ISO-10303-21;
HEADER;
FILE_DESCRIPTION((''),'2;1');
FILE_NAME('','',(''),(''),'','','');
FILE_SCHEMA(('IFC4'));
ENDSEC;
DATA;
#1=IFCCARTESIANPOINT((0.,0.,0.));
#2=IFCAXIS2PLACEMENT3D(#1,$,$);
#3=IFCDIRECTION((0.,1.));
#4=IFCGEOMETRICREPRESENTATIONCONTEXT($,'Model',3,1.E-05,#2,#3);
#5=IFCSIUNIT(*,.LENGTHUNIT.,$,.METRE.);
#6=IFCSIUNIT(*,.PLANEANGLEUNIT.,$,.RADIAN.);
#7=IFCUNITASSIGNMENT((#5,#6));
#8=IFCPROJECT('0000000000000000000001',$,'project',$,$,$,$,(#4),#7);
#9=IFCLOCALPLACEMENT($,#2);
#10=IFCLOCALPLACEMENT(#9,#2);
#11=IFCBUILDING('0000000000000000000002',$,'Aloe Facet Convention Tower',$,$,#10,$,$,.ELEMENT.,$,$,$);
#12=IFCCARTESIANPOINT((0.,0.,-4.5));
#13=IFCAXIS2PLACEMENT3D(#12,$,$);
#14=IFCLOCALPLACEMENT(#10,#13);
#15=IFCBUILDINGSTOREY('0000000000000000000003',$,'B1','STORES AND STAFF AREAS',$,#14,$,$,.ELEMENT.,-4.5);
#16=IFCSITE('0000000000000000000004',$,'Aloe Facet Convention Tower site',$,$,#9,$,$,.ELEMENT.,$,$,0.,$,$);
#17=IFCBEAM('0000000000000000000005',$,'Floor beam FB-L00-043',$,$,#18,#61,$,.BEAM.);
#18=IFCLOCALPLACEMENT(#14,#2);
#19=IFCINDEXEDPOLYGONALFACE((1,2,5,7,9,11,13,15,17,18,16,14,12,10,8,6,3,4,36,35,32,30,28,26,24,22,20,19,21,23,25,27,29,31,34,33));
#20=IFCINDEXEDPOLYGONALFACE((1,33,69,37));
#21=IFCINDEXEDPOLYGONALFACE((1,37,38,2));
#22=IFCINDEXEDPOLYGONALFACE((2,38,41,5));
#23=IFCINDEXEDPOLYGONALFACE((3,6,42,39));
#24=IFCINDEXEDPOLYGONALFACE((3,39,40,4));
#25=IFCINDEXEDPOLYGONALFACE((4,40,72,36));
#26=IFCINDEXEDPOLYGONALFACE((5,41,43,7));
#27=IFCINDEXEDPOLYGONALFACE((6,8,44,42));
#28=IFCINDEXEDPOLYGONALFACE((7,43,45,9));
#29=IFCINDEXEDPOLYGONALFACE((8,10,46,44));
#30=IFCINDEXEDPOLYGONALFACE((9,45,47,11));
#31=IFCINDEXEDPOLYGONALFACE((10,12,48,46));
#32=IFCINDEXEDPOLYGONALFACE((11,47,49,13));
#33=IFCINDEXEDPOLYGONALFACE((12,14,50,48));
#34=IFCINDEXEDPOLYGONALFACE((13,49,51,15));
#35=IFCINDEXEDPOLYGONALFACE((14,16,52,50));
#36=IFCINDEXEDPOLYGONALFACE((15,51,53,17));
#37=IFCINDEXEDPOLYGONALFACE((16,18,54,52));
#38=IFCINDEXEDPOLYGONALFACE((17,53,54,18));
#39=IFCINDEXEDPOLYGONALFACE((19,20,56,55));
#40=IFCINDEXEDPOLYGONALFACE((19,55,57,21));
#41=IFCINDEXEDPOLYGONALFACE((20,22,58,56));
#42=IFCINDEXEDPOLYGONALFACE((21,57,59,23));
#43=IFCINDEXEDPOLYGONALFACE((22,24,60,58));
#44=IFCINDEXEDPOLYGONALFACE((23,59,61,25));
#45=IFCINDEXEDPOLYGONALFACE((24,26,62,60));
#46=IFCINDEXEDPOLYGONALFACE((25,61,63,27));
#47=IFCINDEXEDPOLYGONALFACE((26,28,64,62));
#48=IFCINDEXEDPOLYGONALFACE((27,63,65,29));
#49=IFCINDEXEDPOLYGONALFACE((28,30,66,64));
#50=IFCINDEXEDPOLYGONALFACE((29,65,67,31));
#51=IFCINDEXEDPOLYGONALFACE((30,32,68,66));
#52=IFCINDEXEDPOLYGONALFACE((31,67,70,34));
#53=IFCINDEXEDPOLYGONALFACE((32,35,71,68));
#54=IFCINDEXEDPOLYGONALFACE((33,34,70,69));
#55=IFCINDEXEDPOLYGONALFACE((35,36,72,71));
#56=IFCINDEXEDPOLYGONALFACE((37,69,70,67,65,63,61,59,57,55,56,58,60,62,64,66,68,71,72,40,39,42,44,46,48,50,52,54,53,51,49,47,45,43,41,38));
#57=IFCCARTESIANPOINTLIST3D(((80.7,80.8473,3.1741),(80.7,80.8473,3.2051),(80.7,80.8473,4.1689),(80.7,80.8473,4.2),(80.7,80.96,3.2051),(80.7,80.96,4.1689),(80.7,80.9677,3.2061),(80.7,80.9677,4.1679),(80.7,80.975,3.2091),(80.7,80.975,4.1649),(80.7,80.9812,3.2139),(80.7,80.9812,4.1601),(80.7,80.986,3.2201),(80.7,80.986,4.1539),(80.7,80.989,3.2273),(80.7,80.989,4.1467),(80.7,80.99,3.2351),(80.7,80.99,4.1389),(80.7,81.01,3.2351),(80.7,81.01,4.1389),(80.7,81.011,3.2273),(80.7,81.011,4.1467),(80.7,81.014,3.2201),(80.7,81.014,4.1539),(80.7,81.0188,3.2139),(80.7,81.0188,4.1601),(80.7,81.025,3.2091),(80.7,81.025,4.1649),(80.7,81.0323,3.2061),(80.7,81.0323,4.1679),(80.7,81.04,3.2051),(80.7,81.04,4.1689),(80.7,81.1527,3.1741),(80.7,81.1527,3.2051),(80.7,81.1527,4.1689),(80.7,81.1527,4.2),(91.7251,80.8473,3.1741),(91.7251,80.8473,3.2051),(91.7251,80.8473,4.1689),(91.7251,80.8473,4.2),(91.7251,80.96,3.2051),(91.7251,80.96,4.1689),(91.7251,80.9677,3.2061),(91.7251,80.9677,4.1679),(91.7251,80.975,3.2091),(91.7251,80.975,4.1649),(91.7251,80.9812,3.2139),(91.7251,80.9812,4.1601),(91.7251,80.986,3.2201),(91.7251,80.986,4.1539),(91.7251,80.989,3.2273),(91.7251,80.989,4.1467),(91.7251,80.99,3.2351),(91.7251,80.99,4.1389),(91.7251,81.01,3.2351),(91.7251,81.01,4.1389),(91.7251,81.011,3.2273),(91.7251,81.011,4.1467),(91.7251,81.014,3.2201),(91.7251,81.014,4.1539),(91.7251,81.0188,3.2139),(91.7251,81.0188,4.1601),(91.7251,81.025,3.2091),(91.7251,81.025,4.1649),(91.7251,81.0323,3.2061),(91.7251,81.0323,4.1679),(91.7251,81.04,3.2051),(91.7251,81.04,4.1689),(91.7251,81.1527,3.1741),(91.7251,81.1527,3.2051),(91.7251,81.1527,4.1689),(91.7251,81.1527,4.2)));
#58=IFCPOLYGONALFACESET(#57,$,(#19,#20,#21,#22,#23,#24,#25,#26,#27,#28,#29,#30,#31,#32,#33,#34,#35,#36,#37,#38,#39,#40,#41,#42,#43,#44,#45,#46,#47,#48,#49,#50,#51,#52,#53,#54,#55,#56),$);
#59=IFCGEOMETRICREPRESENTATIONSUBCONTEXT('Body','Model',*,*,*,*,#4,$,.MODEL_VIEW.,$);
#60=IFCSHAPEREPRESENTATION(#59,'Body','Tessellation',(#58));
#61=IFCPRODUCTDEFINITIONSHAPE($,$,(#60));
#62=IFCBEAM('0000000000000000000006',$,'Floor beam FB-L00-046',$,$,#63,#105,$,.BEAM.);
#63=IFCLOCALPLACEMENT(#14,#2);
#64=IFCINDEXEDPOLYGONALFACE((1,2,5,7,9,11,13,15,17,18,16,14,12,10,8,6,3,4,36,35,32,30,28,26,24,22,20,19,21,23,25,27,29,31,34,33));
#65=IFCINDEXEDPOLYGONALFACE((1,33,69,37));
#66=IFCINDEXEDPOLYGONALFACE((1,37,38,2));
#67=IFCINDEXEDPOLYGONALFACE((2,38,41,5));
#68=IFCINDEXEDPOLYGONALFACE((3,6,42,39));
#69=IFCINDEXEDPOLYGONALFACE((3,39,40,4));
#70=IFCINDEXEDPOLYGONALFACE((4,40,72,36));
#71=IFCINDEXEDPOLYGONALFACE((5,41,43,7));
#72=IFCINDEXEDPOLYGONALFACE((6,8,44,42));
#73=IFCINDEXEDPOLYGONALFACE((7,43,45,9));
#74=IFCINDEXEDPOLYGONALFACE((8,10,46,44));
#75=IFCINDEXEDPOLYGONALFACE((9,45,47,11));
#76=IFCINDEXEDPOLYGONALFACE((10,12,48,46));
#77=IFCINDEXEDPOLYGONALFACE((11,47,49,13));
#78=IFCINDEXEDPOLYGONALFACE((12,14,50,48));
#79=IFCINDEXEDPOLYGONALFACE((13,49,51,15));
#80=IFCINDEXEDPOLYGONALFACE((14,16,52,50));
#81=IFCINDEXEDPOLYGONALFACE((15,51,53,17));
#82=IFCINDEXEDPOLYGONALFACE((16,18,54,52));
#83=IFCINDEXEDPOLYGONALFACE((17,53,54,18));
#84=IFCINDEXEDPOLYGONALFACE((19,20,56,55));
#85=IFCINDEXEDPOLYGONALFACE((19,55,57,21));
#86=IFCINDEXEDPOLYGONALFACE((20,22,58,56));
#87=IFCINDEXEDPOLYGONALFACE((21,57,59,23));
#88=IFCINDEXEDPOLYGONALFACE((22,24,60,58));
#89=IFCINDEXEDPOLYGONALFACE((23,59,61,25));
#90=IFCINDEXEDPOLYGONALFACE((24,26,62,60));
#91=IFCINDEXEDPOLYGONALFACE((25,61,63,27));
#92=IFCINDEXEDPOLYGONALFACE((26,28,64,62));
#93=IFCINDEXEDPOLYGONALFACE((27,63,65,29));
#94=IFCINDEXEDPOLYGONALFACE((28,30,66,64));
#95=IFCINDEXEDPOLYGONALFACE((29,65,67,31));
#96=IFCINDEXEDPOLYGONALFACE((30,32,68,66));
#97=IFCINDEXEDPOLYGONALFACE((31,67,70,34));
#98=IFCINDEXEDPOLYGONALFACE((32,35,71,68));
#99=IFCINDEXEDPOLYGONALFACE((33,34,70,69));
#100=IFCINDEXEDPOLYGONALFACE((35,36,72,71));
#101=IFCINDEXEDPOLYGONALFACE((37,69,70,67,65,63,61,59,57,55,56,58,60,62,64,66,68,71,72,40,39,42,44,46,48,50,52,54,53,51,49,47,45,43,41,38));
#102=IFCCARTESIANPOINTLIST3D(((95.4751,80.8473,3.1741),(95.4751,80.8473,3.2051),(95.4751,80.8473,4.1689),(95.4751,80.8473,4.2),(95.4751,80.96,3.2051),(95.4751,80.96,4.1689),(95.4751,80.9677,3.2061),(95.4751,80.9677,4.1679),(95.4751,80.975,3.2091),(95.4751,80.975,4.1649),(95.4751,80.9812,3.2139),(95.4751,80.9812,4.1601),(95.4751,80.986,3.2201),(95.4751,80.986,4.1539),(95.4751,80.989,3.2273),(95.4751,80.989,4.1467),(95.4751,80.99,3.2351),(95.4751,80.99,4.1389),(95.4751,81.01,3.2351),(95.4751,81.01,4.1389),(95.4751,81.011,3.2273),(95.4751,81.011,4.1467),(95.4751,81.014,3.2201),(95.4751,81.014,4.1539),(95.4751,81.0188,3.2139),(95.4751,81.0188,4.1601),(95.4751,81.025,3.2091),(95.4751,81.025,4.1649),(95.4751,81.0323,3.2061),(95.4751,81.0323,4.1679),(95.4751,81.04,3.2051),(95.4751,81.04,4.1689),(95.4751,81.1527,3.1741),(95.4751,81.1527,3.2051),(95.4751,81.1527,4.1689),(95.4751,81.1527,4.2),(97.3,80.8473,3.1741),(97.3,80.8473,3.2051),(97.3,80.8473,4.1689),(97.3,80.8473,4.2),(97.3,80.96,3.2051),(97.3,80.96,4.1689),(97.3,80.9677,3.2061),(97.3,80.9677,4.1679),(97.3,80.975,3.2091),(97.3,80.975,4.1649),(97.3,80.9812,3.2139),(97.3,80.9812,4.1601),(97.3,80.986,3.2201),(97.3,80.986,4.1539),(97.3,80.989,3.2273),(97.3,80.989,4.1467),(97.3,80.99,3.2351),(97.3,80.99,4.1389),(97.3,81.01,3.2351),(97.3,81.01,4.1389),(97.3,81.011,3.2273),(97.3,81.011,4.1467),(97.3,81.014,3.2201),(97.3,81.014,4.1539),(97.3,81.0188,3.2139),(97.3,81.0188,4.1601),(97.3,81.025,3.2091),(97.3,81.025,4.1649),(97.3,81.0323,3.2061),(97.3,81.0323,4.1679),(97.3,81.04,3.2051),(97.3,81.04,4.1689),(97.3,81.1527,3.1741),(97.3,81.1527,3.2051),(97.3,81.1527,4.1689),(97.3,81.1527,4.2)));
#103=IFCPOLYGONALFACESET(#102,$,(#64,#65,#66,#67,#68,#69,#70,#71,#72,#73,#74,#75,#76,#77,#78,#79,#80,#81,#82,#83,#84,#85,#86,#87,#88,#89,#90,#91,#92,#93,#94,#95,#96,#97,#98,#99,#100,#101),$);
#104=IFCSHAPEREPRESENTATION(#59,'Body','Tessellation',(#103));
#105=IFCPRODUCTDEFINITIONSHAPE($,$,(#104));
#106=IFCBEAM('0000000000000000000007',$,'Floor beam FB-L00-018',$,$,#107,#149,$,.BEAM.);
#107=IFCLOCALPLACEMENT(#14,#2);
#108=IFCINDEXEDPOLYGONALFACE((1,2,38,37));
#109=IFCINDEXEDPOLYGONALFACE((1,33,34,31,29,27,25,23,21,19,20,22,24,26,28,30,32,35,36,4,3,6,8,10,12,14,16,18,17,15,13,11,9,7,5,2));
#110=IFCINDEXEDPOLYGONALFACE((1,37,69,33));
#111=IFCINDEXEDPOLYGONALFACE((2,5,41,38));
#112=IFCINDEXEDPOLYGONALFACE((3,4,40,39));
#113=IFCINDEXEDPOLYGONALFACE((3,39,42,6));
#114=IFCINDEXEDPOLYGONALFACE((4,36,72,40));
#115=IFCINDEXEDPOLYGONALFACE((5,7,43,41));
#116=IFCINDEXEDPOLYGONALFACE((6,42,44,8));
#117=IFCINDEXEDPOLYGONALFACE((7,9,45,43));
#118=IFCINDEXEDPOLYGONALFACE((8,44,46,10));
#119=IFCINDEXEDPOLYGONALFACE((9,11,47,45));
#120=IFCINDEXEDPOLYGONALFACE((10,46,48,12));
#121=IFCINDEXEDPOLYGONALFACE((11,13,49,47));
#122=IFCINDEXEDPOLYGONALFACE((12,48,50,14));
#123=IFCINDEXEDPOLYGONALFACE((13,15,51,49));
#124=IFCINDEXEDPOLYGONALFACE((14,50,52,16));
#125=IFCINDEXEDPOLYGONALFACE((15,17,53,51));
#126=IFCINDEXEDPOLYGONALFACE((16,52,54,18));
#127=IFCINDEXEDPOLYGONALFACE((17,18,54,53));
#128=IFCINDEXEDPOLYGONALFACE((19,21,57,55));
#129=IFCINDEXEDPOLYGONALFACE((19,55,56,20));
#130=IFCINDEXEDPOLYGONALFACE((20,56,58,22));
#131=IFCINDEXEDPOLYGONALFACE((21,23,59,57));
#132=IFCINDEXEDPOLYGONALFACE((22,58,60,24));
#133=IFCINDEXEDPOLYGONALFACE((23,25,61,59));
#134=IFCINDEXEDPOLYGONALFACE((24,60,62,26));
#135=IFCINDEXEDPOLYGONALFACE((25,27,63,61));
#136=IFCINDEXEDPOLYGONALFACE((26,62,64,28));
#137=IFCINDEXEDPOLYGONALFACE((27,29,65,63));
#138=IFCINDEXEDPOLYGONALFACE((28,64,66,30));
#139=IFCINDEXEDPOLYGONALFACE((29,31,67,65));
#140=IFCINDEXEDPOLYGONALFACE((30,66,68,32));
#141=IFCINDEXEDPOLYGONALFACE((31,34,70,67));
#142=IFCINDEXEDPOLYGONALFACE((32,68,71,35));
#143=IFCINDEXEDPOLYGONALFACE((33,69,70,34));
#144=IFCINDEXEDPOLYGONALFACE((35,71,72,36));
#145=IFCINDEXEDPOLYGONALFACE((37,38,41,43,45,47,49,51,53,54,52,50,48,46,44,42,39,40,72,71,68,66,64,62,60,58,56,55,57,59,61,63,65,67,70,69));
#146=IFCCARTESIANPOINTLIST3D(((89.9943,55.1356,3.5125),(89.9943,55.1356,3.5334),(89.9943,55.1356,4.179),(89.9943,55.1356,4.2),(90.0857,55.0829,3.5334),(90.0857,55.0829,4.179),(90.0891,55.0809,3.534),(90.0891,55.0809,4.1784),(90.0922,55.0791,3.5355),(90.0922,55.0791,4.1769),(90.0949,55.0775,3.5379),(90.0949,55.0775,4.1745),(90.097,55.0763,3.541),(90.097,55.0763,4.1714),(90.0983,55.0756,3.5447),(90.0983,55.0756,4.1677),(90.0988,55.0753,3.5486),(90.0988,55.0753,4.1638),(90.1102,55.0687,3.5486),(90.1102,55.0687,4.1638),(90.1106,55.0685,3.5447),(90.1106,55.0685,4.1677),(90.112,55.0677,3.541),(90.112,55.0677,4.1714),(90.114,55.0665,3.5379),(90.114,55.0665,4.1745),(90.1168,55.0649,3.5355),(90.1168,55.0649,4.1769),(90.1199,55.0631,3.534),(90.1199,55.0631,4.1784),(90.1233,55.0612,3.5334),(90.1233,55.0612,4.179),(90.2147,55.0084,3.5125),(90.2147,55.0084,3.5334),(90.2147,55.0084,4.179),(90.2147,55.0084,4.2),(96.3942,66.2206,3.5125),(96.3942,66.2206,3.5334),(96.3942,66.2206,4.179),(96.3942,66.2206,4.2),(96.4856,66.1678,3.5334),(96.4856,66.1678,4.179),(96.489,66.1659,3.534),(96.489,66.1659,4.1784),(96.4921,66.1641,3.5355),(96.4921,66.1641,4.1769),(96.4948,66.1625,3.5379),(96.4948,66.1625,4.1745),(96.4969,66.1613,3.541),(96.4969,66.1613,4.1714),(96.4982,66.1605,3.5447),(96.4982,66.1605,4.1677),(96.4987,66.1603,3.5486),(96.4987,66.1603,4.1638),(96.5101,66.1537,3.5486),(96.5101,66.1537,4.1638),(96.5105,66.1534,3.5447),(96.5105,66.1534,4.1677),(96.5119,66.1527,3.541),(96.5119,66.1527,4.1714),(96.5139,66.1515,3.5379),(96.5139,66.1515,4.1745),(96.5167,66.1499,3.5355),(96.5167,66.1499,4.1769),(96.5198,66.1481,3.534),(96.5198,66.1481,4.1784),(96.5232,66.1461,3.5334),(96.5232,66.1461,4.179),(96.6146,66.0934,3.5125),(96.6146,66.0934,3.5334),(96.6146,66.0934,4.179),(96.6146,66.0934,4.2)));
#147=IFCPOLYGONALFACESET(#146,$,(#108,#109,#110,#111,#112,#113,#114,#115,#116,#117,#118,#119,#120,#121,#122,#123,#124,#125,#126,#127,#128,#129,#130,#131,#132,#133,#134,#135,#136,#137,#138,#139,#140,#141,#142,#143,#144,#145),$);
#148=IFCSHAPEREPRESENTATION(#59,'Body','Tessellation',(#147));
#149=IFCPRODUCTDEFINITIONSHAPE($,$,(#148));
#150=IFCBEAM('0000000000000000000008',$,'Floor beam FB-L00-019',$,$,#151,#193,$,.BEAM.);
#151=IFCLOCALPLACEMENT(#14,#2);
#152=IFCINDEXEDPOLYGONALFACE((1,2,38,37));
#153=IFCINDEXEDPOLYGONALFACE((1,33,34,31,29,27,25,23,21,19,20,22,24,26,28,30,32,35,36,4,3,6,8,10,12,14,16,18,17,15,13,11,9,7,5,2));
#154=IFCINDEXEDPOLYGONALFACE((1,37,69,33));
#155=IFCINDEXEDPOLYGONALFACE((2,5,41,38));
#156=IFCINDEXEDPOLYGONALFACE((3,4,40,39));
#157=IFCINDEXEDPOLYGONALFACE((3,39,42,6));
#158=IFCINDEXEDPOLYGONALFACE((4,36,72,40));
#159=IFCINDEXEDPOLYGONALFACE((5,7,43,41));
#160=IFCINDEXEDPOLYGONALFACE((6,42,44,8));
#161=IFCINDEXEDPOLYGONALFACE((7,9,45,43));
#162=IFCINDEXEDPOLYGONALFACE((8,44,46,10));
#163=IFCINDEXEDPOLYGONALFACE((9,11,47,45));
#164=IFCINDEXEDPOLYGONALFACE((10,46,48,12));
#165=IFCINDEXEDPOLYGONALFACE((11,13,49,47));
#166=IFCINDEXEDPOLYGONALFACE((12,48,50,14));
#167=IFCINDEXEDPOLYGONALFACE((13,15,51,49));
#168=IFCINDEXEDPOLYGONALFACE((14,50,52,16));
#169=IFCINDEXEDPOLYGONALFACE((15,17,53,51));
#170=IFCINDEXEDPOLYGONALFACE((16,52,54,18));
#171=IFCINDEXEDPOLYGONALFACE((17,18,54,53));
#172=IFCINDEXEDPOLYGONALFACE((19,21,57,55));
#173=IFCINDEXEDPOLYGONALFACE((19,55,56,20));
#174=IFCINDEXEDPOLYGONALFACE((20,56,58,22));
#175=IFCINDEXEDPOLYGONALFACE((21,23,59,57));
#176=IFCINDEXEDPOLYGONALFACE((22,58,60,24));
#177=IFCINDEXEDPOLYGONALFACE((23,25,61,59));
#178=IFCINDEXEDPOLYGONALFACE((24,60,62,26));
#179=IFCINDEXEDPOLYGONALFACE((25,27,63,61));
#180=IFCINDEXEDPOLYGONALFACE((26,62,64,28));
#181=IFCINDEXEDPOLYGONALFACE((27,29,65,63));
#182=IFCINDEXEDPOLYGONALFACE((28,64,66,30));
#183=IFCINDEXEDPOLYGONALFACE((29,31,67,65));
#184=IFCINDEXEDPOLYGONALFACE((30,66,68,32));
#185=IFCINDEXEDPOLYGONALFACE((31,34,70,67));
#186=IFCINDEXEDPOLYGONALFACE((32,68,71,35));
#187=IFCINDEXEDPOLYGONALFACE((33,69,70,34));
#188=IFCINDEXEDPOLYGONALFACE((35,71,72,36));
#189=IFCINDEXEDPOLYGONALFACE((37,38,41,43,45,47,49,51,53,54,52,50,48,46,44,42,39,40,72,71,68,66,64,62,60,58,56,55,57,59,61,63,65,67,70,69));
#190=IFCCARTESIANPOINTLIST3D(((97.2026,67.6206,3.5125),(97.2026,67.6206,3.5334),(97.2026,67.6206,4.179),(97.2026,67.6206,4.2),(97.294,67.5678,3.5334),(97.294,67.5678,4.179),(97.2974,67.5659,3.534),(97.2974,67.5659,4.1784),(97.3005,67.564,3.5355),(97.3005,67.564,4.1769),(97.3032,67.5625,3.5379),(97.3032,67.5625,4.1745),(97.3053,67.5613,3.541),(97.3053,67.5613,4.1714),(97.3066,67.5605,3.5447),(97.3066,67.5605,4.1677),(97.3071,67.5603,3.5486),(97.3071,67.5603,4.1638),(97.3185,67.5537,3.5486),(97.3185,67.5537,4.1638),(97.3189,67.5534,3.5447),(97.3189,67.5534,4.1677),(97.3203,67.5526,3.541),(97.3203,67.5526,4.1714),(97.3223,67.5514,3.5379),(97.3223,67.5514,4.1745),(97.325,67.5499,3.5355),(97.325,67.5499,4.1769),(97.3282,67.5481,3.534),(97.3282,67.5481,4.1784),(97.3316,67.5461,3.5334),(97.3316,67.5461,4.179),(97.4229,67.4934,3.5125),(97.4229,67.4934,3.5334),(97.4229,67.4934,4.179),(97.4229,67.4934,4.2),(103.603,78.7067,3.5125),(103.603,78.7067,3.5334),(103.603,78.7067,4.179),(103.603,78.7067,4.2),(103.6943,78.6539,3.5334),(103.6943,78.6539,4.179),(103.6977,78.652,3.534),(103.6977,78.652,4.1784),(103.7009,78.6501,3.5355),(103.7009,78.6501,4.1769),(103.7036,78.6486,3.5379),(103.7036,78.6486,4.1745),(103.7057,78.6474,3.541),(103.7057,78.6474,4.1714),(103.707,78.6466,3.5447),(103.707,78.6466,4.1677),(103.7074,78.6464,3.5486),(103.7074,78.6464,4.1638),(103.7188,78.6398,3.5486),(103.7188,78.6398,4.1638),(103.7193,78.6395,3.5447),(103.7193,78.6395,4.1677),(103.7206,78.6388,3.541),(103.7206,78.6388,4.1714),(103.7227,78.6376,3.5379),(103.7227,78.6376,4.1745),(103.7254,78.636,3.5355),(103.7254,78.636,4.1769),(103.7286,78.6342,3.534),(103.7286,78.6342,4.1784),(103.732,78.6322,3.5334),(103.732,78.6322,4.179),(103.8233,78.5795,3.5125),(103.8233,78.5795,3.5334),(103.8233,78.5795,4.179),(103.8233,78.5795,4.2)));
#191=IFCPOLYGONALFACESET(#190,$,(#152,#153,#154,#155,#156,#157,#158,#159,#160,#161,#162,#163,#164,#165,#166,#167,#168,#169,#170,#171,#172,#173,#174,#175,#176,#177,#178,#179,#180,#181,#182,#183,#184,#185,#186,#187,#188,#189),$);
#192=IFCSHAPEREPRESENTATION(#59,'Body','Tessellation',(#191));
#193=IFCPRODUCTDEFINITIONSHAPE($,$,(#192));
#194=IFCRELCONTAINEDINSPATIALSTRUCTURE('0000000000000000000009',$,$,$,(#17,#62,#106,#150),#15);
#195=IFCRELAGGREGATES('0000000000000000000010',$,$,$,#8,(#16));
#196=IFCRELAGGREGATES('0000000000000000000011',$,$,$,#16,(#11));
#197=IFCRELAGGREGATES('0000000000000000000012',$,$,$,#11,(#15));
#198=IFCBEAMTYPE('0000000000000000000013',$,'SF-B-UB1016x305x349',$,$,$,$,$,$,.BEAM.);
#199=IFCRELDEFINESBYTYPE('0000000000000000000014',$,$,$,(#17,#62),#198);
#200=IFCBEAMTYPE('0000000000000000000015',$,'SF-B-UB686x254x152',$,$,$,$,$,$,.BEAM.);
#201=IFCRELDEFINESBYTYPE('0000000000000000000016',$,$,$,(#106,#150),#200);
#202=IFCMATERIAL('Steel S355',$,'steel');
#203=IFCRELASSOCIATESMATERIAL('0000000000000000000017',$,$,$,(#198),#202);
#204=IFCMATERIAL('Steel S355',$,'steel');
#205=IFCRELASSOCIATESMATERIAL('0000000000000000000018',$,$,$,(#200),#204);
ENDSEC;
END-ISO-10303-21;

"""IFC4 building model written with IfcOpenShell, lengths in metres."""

from ifc_helpers import new_model, si_unit, direction, frame, origin, origin_2d, place, context, subcontext, project, spatial, i_section, extrude, material, material_profile, profile_set, type_object, element, save


model = new_model("IFC4")

# Units and contexts
model_context = context("Model", 3, precision=1e-05, world=origin(), true_north=direction((0.0, 1.0)))
body_context = subcontext(model_context, "Body", "Model", "MODEL_VIEW")
ifc_project = project(units=[si_unit("LENGTHUNIT", "METRE"), si_unit("PLANEANGLEUNIT", "RADIAN")], contexts=[model_context])

# Site, building, storey
site_placement = place(None, origin())
site = spatial("IfcSite", under=ifc_project, at=site_placement, Name="Aloe Facet Convention Tower site", CompositionType="ELEMENT", RefElevation=0.0)
building_placement = place(site_placement, origin())
building = spatial("IfcBuilding", under=site, at=building_placement, Name="Aloe Facet Convention Tower", CompositionType="ELEMENT")
storey_placement = place(building_placement, frame((0.0, 0.0, -4.5)))
storey = spatial("IfcBuildingStorey", under=building, at=storey_placement, Name="B1", Description="STORES AND STAFF AREAS", CompositionType="ELEMENT", Elevation=-4.5)

# Beams
ifc_material_1 = material(Name="Steel S355", Category="steel")
ifc_material_profile_1 = material_profile(ifc_material_1, i_section(OverallWidth=0.3054, OverallDepth=1.0259, WebThickness=0.02, FlangeThickness=0.031, FilletRadius=0.03, at=origin_2d()), Name="UB 1016x305x349")
ifc_profile_set_1 = profile_set([ifc_material_profile_1], Name="Steel S355")
beam_type_1 = type_object("IfcBeamType", Name="SF-B-UB1016x305x349", PredefinedType="BEAM", material=ifc_profile_set_1)
beam_1_placement = place(storey_placement, frame((80.7, 81.0, 3.687), z_axis=(1.0, 0.0, 0.0), x_axis=(0.0, 1.0, 0.0)))
element("IfcBeam", 1, at=beam_1_placement, inside=storey, type_object=beam_type_1, Name="Floor beam FB-L00-043", PredefinedType="BEAM", context=body_context, shape_type="SweptSolid", body=[
    extrude(i_section(OverallWidth=0.3054, OverallDepth=1.0259, WebThickness=0.02, FlangeThickness=0.031, FilletRadius=0.03, at=origin_2d()), origin(), (0.0, 0.0, 1.0), 11.0251),
])
beam_2_placement = place(storey_placement, frame((95.4751, 81.0, 3.687), z_axis=(1.0, 0.0, 0.0), x_axis=(0.0, 1.0, 0.0)))
element("IfcBeam", 2, at=beam_2_placement, inside=storey, type_object=beam_type_1, Name="Floor beam FB-L00-046", PredefinedType="BEAM", context=body_context, shape_type="SweptSolid", body=[
    extrude(i_section(OverallWidth=0.3054, OverallDepth=1.0259, WebThickness=0.02, FlangeThickness=0.031, FilletRadius=0.03, at=origin_2d()), origin(), (0.0, 0.0, 1.0), 1.825),
])
ifc_material_2 = material(Name="Steel S355", Category="steel")
ifc_material_profile_2 = material_profile(ifc_material_2, i_section(OverallWidth=0.2544, OverallDepth=0.6875, WebThickness=0.0132, FlangeThickness=0.021, FilletRadius=0.0151, at=origin_2d()), Name="UB 686x254x152")
ifc_profile_set_2 = profile_set([ifc_material_profile_2], Name="Steel S355")
beam_type_2 = type_object("IfcBeamType", Name="SF-B-UB686x254x152", PredefinedType="BEAM", material=ifc_profile_set_2)
beam_3_placement = place(storey_placement, frame((96.5044, 66.157, 3.8562), z_axis=(-0.5, -0.866025, 0.0), x_axis=(0.866025, -0.5, 0.0)))
element("IfcBeam", 3, at=beam_3_placement, inside=storey, type_object=beam_type_2, Name="Floor beam FB-L00-018", PredefinedType="BEAM", context=body_context, shape_type="SweptSolid", body=[
    extrude(i_section(OverallWidth=0.2544, OverallDepth=0.6875, WebThickness=0.0132, FlangeThickness=0.021, FilletRadius=0.0151, at=origin_2d()), origin(), (0.0, 0.0, 1.0), 12.7998),
])
beam_4_placement = place(storey_placement, frame((103.7131, 78.6431, 3.8562), z_axis=(-0.499987, -0.866033, 0.0), x_axis=(0.866033, -0.499987, 0.0)))
element("IfcBeam", 4, at=beam_4_placement, inside=storey, type_object=beam_type_2, Name="Floor beam FB-L00-019", PredefinedType="BEAM", context=body_context, shape_type="SweptSolid", body=[
    extrude(i_section(OverallWidth=0.2544, OverallDepth=0.6875, WebThickness=0.0132, FlangeThickness=0.021, FilletRadius=0.0151, at=origin_2d()), origin(), (0.0, 0.0, 1.0), 12.801),
])

save(model, "model.ifc")
